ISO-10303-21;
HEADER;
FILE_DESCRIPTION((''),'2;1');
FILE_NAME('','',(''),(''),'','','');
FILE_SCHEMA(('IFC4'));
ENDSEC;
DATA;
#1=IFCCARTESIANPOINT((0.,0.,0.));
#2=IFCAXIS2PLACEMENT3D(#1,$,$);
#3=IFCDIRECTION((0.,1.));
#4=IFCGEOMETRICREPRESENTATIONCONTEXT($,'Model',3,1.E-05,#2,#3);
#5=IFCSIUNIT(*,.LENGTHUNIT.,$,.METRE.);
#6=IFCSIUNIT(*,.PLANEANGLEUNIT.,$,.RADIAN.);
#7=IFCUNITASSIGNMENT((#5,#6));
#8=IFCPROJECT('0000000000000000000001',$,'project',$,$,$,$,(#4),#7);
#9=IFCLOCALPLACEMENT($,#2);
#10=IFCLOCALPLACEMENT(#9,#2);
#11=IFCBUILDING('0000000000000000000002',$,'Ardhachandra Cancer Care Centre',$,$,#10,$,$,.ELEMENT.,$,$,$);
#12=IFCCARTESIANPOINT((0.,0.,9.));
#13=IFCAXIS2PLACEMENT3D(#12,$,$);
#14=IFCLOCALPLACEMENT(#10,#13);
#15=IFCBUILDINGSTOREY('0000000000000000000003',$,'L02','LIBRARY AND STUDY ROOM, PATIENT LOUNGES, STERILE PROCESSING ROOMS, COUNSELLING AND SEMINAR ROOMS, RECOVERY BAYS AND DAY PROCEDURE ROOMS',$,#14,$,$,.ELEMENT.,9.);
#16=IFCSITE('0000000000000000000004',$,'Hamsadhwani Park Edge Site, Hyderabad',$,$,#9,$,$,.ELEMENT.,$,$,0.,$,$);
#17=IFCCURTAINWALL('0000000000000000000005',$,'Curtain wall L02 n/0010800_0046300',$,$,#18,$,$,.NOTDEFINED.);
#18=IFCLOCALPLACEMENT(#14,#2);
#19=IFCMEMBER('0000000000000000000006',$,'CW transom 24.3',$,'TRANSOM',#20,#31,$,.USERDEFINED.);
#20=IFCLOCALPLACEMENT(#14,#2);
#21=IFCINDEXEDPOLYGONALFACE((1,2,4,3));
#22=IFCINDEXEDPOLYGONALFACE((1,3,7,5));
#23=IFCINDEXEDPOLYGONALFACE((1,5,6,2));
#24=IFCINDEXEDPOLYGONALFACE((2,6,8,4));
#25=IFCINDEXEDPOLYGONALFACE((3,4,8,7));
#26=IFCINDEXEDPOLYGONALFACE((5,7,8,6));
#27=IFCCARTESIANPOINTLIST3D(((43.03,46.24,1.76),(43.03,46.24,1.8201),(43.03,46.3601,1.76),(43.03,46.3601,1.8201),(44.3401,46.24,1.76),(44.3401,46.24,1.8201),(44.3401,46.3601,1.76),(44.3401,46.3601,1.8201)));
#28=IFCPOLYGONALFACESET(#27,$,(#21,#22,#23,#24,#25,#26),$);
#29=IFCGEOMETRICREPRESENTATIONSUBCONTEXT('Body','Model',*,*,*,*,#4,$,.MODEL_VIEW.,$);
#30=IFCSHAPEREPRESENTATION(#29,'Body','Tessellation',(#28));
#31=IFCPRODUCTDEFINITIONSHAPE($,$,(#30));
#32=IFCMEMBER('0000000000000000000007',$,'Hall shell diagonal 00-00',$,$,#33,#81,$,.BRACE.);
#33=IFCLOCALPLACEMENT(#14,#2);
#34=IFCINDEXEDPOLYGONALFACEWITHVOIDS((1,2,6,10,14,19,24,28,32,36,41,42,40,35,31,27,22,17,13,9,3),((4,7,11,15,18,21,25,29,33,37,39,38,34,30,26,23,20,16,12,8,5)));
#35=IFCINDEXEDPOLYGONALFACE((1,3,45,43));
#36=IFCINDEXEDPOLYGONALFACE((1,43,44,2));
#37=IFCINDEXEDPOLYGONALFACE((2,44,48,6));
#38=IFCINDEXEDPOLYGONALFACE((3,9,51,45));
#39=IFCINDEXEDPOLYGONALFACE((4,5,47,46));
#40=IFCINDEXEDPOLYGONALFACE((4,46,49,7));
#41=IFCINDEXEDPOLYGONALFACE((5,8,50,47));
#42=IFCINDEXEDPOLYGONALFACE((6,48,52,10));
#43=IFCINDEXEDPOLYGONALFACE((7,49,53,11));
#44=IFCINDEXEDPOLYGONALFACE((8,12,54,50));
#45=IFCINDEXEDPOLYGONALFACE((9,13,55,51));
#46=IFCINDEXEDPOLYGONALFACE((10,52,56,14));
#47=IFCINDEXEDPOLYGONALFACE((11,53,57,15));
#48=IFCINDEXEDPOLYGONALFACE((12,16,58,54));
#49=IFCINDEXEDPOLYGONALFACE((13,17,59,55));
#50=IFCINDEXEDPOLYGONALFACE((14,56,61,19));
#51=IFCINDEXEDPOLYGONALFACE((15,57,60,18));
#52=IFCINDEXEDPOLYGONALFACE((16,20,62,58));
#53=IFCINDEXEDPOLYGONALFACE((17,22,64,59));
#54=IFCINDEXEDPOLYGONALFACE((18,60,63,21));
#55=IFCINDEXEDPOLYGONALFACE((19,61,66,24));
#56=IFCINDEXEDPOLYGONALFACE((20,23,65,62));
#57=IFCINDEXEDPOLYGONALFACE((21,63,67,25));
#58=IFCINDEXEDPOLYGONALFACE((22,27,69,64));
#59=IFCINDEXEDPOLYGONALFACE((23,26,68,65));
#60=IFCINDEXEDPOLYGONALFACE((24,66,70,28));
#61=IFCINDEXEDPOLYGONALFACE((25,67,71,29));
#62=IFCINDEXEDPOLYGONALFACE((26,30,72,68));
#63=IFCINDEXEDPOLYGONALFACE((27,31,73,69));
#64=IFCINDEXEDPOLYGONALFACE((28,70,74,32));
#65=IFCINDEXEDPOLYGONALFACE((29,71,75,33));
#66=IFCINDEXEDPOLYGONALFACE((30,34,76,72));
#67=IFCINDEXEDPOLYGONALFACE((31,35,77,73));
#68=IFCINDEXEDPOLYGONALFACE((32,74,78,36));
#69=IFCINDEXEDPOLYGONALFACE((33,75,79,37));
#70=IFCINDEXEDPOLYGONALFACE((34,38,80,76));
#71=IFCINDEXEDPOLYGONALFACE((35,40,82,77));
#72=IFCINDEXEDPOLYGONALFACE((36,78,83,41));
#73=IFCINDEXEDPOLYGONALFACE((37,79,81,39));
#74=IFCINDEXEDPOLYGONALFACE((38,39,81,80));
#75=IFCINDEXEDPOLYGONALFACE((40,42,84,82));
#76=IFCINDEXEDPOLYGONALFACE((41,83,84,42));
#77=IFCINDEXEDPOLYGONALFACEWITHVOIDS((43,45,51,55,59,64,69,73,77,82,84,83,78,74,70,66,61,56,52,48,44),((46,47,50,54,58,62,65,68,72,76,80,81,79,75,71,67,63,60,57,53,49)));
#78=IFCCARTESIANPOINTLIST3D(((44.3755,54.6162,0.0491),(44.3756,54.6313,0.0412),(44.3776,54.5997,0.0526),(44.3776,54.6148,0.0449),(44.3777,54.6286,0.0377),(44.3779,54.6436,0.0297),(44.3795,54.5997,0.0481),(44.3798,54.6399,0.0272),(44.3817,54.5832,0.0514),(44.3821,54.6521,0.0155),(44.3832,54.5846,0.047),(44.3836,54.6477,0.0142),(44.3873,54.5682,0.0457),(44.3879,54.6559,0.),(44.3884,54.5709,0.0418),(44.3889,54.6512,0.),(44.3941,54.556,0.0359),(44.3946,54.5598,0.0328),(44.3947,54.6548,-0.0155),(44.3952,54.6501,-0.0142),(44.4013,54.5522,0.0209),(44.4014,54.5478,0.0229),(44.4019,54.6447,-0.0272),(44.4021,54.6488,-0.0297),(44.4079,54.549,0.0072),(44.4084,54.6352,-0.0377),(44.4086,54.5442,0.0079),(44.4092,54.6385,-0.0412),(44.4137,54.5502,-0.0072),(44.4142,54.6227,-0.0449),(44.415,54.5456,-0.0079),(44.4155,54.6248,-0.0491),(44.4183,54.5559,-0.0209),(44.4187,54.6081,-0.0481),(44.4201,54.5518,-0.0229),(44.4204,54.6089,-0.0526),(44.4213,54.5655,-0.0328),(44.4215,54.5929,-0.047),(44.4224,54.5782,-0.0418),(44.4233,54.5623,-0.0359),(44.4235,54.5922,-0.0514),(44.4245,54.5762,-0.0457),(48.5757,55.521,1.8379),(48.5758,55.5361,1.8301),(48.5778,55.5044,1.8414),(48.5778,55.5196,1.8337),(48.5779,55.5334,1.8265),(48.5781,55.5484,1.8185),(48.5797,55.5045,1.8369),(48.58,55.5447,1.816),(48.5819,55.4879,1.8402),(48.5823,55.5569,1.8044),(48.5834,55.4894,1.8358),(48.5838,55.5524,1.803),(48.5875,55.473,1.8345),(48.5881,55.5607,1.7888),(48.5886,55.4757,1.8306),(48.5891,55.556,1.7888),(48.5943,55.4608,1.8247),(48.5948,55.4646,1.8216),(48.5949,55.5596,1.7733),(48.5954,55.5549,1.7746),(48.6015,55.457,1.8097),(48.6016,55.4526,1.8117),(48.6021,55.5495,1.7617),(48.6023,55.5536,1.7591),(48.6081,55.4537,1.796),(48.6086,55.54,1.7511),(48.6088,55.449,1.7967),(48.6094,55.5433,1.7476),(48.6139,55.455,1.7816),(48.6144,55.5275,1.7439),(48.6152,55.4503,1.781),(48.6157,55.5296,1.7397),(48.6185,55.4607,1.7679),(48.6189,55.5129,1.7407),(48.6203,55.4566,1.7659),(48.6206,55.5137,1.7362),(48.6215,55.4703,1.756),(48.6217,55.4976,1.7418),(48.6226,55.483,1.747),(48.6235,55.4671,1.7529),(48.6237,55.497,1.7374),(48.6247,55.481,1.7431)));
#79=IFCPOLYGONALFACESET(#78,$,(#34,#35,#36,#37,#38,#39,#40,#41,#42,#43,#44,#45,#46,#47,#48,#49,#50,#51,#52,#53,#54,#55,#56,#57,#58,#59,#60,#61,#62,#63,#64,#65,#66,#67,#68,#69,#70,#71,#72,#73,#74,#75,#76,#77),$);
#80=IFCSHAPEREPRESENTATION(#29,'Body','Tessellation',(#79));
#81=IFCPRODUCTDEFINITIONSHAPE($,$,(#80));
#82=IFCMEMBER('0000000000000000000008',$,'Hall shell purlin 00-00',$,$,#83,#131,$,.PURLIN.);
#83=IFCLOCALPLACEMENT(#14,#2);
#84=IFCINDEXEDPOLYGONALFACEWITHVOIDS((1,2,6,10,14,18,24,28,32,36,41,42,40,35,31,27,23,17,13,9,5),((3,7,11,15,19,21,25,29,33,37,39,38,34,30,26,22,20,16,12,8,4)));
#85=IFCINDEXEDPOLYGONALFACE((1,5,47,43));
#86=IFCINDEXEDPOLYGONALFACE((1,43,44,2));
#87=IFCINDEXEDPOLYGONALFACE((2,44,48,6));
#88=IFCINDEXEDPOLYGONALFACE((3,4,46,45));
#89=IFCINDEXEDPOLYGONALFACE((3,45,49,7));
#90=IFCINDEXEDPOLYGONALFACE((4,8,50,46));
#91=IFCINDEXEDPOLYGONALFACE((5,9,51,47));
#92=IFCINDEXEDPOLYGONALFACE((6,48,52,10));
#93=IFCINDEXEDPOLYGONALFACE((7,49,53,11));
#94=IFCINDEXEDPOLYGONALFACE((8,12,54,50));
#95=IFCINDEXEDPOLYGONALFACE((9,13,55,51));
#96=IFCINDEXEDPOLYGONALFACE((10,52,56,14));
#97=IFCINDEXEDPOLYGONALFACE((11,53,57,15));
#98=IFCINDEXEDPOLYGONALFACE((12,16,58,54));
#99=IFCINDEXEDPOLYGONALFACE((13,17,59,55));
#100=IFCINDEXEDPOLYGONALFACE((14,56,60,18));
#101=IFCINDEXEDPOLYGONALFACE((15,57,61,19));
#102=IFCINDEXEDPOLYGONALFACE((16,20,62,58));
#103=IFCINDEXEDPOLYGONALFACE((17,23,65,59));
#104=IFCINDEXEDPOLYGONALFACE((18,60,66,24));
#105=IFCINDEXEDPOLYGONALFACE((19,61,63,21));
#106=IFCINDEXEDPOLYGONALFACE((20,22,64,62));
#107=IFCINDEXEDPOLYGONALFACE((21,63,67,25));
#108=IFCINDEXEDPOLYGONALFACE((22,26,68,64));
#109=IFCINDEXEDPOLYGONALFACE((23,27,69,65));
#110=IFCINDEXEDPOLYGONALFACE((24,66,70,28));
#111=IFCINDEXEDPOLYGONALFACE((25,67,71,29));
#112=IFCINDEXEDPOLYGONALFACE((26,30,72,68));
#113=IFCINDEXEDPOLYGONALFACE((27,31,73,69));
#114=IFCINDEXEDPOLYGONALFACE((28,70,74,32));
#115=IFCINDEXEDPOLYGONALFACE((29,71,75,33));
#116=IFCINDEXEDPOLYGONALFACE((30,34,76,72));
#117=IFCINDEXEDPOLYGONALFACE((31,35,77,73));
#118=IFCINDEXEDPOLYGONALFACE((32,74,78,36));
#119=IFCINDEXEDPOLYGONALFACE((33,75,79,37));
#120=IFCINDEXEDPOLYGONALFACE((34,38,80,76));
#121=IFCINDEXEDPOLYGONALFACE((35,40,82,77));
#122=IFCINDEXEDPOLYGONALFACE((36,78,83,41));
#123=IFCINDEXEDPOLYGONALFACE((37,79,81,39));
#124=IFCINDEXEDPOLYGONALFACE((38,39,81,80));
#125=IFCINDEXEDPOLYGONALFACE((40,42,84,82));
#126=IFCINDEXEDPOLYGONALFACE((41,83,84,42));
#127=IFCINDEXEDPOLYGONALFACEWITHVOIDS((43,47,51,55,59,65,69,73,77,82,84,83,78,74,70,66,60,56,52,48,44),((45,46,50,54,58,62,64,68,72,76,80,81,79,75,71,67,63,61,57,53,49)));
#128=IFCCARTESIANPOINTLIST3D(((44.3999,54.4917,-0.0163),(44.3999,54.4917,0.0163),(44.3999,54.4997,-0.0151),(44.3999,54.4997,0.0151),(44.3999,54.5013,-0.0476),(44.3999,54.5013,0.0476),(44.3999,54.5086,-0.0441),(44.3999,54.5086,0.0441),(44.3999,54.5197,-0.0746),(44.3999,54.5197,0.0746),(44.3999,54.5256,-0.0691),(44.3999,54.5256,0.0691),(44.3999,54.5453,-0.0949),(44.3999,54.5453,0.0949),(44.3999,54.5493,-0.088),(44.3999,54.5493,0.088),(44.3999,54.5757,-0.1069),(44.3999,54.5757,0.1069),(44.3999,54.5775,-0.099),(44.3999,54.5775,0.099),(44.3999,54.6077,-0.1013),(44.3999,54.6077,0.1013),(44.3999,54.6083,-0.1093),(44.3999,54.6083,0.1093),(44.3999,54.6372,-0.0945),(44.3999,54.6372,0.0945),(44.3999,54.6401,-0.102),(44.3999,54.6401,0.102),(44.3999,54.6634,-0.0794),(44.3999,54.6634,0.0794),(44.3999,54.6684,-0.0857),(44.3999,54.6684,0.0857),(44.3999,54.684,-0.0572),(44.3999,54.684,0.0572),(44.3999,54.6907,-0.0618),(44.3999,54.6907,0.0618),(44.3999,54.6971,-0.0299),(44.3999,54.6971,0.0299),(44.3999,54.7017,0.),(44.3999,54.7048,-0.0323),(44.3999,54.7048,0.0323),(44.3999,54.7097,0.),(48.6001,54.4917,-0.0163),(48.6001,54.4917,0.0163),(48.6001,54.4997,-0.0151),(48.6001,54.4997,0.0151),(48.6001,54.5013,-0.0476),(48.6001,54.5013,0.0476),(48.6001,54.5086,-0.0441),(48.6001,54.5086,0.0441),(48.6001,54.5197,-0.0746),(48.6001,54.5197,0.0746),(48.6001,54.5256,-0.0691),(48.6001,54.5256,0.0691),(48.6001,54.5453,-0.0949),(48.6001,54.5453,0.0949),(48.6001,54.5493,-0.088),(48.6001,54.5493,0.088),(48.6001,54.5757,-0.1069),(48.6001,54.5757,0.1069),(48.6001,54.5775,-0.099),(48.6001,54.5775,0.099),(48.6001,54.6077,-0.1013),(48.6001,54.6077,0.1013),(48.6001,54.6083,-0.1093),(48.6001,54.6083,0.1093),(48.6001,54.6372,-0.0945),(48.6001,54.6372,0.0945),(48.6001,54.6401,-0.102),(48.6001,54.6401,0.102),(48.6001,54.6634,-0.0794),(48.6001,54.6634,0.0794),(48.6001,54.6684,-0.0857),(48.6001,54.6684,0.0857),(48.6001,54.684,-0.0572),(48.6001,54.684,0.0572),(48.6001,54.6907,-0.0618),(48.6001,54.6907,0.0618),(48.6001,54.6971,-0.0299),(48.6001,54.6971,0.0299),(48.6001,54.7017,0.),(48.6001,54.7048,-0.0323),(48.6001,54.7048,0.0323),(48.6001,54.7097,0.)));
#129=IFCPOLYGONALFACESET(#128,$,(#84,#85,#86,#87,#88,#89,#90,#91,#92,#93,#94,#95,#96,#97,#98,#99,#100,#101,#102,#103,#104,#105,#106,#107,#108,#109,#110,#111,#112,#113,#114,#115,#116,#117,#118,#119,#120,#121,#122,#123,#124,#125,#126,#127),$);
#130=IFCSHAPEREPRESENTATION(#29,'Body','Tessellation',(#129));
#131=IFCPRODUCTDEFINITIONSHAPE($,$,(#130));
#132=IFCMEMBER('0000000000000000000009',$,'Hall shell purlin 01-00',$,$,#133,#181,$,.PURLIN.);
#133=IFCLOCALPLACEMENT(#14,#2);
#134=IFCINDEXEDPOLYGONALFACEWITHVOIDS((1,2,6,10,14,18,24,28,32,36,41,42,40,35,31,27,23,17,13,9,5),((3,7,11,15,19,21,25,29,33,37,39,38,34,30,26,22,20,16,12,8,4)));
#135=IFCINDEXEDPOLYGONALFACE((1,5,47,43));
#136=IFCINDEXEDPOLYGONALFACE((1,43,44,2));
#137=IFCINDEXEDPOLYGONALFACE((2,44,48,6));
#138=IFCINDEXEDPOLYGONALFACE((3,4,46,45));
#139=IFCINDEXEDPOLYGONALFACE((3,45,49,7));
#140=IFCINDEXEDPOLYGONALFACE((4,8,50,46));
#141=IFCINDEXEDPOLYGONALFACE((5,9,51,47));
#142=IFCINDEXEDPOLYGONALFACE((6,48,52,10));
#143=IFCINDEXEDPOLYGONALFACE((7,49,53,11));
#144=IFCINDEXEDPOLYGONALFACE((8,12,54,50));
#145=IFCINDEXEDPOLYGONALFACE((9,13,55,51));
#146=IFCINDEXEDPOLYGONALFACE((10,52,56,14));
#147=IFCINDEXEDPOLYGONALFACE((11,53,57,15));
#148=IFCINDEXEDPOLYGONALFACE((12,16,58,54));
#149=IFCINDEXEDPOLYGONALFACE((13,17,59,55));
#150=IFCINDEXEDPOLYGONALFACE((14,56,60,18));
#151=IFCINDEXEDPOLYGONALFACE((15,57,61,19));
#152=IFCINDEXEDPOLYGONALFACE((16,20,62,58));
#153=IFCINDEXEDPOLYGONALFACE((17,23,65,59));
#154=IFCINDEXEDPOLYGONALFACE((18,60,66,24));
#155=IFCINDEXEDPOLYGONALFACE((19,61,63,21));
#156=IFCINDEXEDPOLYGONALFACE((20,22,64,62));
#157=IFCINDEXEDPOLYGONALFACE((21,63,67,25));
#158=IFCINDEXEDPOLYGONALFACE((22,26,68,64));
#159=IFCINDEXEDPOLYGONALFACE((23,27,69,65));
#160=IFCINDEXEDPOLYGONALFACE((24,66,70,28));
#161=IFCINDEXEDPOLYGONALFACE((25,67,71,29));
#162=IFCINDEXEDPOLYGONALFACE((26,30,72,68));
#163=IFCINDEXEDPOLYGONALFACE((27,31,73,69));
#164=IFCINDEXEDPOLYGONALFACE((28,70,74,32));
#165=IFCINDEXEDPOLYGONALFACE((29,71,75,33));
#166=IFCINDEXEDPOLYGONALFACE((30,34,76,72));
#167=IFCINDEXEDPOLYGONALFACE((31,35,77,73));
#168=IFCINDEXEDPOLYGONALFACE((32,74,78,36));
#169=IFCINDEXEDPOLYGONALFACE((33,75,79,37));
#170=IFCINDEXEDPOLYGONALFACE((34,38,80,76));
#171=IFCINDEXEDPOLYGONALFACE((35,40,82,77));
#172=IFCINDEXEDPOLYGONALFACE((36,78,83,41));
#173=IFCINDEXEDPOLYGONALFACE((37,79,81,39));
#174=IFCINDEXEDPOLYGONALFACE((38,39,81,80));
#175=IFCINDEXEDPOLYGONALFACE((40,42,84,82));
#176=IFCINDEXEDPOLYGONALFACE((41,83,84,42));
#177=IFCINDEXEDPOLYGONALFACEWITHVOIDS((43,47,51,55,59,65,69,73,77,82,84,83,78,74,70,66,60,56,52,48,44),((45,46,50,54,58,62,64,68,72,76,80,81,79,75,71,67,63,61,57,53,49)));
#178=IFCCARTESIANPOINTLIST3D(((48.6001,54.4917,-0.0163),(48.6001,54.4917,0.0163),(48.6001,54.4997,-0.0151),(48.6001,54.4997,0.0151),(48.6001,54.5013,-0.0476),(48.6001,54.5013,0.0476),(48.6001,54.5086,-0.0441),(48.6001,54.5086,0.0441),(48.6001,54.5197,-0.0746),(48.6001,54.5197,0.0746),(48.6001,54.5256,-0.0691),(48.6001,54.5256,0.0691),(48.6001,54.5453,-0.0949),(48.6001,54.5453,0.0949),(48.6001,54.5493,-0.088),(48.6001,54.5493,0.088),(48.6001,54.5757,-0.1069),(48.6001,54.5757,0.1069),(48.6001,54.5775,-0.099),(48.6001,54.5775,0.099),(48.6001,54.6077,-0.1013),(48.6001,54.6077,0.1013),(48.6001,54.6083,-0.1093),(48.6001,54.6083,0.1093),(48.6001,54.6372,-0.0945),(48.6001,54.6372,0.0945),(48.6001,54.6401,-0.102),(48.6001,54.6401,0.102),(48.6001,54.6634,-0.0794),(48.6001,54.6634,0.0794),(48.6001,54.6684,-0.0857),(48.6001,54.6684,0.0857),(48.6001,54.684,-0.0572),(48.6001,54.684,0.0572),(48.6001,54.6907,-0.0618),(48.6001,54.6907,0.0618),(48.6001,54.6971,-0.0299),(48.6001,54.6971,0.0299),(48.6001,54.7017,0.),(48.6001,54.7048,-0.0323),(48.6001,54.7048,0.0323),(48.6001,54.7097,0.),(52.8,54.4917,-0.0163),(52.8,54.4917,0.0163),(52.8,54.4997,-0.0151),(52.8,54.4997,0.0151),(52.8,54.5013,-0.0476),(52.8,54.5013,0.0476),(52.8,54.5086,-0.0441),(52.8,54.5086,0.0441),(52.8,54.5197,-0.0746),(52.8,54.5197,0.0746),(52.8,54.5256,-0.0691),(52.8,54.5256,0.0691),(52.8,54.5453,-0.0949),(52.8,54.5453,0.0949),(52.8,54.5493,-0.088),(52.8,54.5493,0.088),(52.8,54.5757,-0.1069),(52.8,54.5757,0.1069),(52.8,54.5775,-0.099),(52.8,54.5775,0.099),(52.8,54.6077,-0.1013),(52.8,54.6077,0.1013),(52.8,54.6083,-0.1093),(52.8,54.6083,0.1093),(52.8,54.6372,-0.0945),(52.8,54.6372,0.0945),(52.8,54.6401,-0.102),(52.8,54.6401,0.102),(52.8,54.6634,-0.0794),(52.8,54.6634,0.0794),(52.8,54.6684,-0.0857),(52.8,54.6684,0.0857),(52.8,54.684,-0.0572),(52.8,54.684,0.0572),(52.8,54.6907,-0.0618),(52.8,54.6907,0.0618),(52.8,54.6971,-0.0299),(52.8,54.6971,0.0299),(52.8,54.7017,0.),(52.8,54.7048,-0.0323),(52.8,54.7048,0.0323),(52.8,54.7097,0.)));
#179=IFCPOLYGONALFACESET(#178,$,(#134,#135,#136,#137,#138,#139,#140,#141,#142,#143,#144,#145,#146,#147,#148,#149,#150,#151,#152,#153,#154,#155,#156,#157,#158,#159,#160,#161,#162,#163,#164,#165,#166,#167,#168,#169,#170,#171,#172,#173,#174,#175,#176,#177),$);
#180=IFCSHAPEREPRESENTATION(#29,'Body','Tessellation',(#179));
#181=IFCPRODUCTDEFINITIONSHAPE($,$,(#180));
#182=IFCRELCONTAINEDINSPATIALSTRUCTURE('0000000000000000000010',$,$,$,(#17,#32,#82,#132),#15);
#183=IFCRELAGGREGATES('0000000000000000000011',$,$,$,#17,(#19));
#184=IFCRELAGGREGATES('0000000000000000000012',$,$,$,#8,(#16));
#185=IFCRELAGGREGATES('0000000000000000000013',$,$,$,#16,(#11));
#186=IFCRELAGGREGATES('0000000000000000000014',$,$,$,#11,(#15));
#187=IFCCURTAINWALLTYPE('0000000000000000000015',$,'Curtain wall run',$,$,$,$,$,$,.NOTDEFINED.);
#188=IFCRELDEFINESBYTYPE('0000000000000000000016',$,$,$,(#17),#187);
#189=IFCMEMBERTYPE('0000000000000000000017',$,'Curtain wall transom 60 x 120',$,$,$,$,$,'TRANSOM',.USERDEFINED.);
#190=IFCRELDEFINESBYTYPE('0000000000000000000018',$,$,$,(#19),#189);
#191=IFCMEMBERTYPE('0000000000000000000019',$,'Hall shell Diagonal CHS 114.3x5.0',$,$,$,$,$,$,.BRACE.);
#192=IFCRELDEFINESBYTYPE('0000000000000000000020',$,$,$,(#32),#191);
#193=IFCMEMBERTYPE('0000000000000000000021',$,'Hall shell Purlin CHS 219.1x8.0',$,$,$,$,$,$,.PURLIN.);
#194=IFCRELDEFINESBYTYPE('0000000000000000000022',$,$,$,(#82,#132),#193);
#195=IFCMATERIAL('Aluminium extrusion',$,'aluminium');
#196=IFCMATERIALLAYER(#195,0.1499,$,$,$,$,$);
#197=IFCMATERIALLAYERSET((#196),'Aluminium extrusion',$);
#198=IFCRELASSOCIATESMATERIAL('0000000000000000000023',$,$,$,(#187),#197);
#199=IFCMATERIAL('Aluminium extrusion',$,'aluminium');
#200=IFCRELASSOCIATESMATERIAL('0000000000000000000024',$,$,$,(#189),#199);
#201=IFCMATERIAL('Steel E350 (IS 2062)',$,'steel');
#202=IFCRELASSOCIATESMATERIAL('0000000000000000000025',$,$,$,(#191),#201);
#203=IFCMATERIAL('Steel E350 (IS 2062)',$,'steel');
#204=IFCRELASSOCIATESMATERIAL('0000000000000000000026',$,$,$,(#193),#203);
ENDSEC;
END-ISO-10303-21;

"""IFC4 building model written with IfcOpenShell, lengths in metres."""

from ifc_helpers import new_model, si_unit, direction, frame, origin, origin_2d, place, context, subcontext, project, spatial, rectangle, hollow_circle, extrude, material, layer, layer_set, material_profile, profile_set, type_object, element, aggregate, save


model = new_model("IFC4")

# Units and contexts
model_context = context("Model", 3, precision=1e-05, world=origin(), true_north=direction((0.0, 1.0)))
body_context = subcontext(model_context, "Body", "Model", "MODEL_VIEW")
ifc_project = project(units=[si_unit("LENGTHUNIT", "METRE"), si_unit("PLANEANGLEUNIT", "RADIAN")], contexts=[model_context])

# Site, building, storey
site_placement = place(None, origin())
site = spatial("IfcSite", under=ifc_project, at=site_placement, Name="Hamsadhwani Park Edge Site, Hyderabad", CompositionType="ELEMENT", RefElevation=0.0)
building_placement = place(site_placement, origin())
building = spatial("IfcBuilding", under=site, at=building_placement, Name="Ardhachandra Cancer Care Centre", CompositionType="ELEMENT")
storey_placement = place(building_placement, frame((0.0, 0.0, 9.0)))
storey = spatial("IfcBuildingStorey", under=building, at=storey_placement, Name="L02", Description="LIBRARY AND STUDY ROOM, PATIENT LOUNGES, STERILE PROCESSING ROOMS, COUNSELLING AND SEMINAR ROOMS, RECOVERY BAYS AND DAY PROCEDURE ROOMS", CompositionType="ELEMENT", Elevation=9.0)

# Curtain wall, member
ifc_material_1 = material(Name="Aluminium extrusion", Category="aluminium")
ifc_layer_1 = layer(ifc_material_1, 0.1499)
ifc_layer_set_1 = layer_set([ifc_layer_1], Name="Aluminium extrusion")
curtain_wall_type = type_object("IfcCurtainWallType", Name="Curtain wall run", PredefinedType="NOTDEFINED", material=ifc_layer_set_1)
curtain_wall_placement = place(storey_placement, origin())
curtain_wall = element("IfcCurtainWall", 1, at=curtain_wall_placement, inside=storey, type_object=curtain_wall_type, Name="Curtain wall L02 n/0010800_0046300", PredefinedType="NOTDEFINED")
ifc_material_2 = material(Name="Aluminium extrusion", Category="aluminium")
ifc_material_profile_1 = material_profile(ifc_material_2, rectangle(XDim=0.1201, YDim=0.0601, at=origin_2d()), Name="Curtain wall transom 60 x 120")
ifc_profile_set_1 = profile_set([ifc_material_profile_1], Name="Aluminium extrusion")
member_type_1 = type_object("IfcMemberType", Name="Curtain wall transom 60 x 120", ElementType="TRANSOM", PredefinedType="USERDEFINED", material=ifc_profile_set_1)
member_1_placement = place(storey_placement, frame((43.03, 46.3, 1.79), z_axis=(1.0, 0.0, 0.0), x_axis=(0.0, 1.0, 0.0)))
member_1 = element("IfcMember", 2, at=member_1_placement, type_object=member_type_1, Name="CW transom 24.3", ObjectType="TRANSOM", PredefinedType="USERDEFINED", context=body_context, shape_type="SweptSolid", body=[
    extrude(rectangle(XDim=0.1201, YDim=0.0601, at=origin_2d()), origin(), (0.0, 0.0, 1.0), 1.3101),
])

# Members
ifc_material_3 = material(Name="Steel E350 (IS 2062)", Category="steel")
ifc_material_profile_2 = material_profile(ifc_material_3, hollow_circle(Radius=0.0571, WallThickness=0.0049, at=origin_2d()), Name="CHS 114.3x5.0")
ifc_profile_set_2 = profile_set([ifc_material_profile_2], Name="Steel E350 (IS 2062)")
member_type_2 = type_object("IfcMemberType", Name="Hall shell Diagonal CHS 114.3x5.0", PredefinedType="BRACE", material=ifc_profile_set_2)
member_2_placement = place(storey_placement, frame((44.3999, 54.6001, 0.0), z_axis=(0.902482, 0.194408, 0.384358), x_axis=(-0.210584, 0.977576, 0.0)))
element("IfcMember", 3, at=member_2_placement, inside=storey, type_object=member_type_2, Name="Hall shell diagonal 00-00", PredefinedType="BRACE", context=body_context, shape_type="SweptSolid", body=[
    extrude(hollow_circle(Radius=0.0571, WallThickness=0.0049, at=origin_2d()), origin(), (0.0, 0.0, 1.0), 4.6541),
])
ifc_material_4 = material(Name="Steel E350 (IS 2062)", Category="steel")
ifc_material_profile_3 = material_profile(ifc_material_4, hollow_circle(Radius=0.1096, WallThickness=0.0081, at=origin_2d()), Name="CHS 219.1x8.0")
ifc_profile_set_3 = profile_set([ifc_material_profile_3], Name="Steel E350 (IS 2062)")
member_type_3 = type_object("IfcMemberType", Name="Hall shell Purlin CHS 219.1x8.0", PredefinedType="PURLIN", material=ifc_profile_set_3)
member_3_placement = place(storey_placement, frame((44.3999, 54.6001, 0.0), z_axis=(1.0, 0.0, 0.0), x_axis=(0.0, 1.0, 0.0)))
element("IfcMember", 4, at=member_3_placement, inside=storey, type_object=member_type_3, Name="Hall shell purlin 00-00", PredefinedType="PURLIN", context=body_context, shape_type="SweptSolid", body=[
    extrude(hollow_circle(Radius=0.1096, WallThickness=0.0081, at=origin_2d()), origin(), (0.0, 0.0, 1.0), 4.2002),
])
member_4_placement = place(storey_placement, frame((48.6001, 54.6001, 0.0), z_axis=(1.0, 0.0, 0.0), x_axis=(0.0, 1.0, 0.0)))
element("IfcMember", 5, at=member_4_placement, inside=storey, type_object=member_type_3, Name="Hall shell purlin 01-00", PredefinedType="PURLIN", context=body_context, shape_type="SweptSolid", body=[
    extrude(hollow_circle(Radius=0.1096, WallThickness=0.0081, at=origin_2d()), origin(), (0.0, 0.0, 1.0), 4.2),
])

aggregate(curtain_wall, [member_1])

save(model, "model.ifc")
